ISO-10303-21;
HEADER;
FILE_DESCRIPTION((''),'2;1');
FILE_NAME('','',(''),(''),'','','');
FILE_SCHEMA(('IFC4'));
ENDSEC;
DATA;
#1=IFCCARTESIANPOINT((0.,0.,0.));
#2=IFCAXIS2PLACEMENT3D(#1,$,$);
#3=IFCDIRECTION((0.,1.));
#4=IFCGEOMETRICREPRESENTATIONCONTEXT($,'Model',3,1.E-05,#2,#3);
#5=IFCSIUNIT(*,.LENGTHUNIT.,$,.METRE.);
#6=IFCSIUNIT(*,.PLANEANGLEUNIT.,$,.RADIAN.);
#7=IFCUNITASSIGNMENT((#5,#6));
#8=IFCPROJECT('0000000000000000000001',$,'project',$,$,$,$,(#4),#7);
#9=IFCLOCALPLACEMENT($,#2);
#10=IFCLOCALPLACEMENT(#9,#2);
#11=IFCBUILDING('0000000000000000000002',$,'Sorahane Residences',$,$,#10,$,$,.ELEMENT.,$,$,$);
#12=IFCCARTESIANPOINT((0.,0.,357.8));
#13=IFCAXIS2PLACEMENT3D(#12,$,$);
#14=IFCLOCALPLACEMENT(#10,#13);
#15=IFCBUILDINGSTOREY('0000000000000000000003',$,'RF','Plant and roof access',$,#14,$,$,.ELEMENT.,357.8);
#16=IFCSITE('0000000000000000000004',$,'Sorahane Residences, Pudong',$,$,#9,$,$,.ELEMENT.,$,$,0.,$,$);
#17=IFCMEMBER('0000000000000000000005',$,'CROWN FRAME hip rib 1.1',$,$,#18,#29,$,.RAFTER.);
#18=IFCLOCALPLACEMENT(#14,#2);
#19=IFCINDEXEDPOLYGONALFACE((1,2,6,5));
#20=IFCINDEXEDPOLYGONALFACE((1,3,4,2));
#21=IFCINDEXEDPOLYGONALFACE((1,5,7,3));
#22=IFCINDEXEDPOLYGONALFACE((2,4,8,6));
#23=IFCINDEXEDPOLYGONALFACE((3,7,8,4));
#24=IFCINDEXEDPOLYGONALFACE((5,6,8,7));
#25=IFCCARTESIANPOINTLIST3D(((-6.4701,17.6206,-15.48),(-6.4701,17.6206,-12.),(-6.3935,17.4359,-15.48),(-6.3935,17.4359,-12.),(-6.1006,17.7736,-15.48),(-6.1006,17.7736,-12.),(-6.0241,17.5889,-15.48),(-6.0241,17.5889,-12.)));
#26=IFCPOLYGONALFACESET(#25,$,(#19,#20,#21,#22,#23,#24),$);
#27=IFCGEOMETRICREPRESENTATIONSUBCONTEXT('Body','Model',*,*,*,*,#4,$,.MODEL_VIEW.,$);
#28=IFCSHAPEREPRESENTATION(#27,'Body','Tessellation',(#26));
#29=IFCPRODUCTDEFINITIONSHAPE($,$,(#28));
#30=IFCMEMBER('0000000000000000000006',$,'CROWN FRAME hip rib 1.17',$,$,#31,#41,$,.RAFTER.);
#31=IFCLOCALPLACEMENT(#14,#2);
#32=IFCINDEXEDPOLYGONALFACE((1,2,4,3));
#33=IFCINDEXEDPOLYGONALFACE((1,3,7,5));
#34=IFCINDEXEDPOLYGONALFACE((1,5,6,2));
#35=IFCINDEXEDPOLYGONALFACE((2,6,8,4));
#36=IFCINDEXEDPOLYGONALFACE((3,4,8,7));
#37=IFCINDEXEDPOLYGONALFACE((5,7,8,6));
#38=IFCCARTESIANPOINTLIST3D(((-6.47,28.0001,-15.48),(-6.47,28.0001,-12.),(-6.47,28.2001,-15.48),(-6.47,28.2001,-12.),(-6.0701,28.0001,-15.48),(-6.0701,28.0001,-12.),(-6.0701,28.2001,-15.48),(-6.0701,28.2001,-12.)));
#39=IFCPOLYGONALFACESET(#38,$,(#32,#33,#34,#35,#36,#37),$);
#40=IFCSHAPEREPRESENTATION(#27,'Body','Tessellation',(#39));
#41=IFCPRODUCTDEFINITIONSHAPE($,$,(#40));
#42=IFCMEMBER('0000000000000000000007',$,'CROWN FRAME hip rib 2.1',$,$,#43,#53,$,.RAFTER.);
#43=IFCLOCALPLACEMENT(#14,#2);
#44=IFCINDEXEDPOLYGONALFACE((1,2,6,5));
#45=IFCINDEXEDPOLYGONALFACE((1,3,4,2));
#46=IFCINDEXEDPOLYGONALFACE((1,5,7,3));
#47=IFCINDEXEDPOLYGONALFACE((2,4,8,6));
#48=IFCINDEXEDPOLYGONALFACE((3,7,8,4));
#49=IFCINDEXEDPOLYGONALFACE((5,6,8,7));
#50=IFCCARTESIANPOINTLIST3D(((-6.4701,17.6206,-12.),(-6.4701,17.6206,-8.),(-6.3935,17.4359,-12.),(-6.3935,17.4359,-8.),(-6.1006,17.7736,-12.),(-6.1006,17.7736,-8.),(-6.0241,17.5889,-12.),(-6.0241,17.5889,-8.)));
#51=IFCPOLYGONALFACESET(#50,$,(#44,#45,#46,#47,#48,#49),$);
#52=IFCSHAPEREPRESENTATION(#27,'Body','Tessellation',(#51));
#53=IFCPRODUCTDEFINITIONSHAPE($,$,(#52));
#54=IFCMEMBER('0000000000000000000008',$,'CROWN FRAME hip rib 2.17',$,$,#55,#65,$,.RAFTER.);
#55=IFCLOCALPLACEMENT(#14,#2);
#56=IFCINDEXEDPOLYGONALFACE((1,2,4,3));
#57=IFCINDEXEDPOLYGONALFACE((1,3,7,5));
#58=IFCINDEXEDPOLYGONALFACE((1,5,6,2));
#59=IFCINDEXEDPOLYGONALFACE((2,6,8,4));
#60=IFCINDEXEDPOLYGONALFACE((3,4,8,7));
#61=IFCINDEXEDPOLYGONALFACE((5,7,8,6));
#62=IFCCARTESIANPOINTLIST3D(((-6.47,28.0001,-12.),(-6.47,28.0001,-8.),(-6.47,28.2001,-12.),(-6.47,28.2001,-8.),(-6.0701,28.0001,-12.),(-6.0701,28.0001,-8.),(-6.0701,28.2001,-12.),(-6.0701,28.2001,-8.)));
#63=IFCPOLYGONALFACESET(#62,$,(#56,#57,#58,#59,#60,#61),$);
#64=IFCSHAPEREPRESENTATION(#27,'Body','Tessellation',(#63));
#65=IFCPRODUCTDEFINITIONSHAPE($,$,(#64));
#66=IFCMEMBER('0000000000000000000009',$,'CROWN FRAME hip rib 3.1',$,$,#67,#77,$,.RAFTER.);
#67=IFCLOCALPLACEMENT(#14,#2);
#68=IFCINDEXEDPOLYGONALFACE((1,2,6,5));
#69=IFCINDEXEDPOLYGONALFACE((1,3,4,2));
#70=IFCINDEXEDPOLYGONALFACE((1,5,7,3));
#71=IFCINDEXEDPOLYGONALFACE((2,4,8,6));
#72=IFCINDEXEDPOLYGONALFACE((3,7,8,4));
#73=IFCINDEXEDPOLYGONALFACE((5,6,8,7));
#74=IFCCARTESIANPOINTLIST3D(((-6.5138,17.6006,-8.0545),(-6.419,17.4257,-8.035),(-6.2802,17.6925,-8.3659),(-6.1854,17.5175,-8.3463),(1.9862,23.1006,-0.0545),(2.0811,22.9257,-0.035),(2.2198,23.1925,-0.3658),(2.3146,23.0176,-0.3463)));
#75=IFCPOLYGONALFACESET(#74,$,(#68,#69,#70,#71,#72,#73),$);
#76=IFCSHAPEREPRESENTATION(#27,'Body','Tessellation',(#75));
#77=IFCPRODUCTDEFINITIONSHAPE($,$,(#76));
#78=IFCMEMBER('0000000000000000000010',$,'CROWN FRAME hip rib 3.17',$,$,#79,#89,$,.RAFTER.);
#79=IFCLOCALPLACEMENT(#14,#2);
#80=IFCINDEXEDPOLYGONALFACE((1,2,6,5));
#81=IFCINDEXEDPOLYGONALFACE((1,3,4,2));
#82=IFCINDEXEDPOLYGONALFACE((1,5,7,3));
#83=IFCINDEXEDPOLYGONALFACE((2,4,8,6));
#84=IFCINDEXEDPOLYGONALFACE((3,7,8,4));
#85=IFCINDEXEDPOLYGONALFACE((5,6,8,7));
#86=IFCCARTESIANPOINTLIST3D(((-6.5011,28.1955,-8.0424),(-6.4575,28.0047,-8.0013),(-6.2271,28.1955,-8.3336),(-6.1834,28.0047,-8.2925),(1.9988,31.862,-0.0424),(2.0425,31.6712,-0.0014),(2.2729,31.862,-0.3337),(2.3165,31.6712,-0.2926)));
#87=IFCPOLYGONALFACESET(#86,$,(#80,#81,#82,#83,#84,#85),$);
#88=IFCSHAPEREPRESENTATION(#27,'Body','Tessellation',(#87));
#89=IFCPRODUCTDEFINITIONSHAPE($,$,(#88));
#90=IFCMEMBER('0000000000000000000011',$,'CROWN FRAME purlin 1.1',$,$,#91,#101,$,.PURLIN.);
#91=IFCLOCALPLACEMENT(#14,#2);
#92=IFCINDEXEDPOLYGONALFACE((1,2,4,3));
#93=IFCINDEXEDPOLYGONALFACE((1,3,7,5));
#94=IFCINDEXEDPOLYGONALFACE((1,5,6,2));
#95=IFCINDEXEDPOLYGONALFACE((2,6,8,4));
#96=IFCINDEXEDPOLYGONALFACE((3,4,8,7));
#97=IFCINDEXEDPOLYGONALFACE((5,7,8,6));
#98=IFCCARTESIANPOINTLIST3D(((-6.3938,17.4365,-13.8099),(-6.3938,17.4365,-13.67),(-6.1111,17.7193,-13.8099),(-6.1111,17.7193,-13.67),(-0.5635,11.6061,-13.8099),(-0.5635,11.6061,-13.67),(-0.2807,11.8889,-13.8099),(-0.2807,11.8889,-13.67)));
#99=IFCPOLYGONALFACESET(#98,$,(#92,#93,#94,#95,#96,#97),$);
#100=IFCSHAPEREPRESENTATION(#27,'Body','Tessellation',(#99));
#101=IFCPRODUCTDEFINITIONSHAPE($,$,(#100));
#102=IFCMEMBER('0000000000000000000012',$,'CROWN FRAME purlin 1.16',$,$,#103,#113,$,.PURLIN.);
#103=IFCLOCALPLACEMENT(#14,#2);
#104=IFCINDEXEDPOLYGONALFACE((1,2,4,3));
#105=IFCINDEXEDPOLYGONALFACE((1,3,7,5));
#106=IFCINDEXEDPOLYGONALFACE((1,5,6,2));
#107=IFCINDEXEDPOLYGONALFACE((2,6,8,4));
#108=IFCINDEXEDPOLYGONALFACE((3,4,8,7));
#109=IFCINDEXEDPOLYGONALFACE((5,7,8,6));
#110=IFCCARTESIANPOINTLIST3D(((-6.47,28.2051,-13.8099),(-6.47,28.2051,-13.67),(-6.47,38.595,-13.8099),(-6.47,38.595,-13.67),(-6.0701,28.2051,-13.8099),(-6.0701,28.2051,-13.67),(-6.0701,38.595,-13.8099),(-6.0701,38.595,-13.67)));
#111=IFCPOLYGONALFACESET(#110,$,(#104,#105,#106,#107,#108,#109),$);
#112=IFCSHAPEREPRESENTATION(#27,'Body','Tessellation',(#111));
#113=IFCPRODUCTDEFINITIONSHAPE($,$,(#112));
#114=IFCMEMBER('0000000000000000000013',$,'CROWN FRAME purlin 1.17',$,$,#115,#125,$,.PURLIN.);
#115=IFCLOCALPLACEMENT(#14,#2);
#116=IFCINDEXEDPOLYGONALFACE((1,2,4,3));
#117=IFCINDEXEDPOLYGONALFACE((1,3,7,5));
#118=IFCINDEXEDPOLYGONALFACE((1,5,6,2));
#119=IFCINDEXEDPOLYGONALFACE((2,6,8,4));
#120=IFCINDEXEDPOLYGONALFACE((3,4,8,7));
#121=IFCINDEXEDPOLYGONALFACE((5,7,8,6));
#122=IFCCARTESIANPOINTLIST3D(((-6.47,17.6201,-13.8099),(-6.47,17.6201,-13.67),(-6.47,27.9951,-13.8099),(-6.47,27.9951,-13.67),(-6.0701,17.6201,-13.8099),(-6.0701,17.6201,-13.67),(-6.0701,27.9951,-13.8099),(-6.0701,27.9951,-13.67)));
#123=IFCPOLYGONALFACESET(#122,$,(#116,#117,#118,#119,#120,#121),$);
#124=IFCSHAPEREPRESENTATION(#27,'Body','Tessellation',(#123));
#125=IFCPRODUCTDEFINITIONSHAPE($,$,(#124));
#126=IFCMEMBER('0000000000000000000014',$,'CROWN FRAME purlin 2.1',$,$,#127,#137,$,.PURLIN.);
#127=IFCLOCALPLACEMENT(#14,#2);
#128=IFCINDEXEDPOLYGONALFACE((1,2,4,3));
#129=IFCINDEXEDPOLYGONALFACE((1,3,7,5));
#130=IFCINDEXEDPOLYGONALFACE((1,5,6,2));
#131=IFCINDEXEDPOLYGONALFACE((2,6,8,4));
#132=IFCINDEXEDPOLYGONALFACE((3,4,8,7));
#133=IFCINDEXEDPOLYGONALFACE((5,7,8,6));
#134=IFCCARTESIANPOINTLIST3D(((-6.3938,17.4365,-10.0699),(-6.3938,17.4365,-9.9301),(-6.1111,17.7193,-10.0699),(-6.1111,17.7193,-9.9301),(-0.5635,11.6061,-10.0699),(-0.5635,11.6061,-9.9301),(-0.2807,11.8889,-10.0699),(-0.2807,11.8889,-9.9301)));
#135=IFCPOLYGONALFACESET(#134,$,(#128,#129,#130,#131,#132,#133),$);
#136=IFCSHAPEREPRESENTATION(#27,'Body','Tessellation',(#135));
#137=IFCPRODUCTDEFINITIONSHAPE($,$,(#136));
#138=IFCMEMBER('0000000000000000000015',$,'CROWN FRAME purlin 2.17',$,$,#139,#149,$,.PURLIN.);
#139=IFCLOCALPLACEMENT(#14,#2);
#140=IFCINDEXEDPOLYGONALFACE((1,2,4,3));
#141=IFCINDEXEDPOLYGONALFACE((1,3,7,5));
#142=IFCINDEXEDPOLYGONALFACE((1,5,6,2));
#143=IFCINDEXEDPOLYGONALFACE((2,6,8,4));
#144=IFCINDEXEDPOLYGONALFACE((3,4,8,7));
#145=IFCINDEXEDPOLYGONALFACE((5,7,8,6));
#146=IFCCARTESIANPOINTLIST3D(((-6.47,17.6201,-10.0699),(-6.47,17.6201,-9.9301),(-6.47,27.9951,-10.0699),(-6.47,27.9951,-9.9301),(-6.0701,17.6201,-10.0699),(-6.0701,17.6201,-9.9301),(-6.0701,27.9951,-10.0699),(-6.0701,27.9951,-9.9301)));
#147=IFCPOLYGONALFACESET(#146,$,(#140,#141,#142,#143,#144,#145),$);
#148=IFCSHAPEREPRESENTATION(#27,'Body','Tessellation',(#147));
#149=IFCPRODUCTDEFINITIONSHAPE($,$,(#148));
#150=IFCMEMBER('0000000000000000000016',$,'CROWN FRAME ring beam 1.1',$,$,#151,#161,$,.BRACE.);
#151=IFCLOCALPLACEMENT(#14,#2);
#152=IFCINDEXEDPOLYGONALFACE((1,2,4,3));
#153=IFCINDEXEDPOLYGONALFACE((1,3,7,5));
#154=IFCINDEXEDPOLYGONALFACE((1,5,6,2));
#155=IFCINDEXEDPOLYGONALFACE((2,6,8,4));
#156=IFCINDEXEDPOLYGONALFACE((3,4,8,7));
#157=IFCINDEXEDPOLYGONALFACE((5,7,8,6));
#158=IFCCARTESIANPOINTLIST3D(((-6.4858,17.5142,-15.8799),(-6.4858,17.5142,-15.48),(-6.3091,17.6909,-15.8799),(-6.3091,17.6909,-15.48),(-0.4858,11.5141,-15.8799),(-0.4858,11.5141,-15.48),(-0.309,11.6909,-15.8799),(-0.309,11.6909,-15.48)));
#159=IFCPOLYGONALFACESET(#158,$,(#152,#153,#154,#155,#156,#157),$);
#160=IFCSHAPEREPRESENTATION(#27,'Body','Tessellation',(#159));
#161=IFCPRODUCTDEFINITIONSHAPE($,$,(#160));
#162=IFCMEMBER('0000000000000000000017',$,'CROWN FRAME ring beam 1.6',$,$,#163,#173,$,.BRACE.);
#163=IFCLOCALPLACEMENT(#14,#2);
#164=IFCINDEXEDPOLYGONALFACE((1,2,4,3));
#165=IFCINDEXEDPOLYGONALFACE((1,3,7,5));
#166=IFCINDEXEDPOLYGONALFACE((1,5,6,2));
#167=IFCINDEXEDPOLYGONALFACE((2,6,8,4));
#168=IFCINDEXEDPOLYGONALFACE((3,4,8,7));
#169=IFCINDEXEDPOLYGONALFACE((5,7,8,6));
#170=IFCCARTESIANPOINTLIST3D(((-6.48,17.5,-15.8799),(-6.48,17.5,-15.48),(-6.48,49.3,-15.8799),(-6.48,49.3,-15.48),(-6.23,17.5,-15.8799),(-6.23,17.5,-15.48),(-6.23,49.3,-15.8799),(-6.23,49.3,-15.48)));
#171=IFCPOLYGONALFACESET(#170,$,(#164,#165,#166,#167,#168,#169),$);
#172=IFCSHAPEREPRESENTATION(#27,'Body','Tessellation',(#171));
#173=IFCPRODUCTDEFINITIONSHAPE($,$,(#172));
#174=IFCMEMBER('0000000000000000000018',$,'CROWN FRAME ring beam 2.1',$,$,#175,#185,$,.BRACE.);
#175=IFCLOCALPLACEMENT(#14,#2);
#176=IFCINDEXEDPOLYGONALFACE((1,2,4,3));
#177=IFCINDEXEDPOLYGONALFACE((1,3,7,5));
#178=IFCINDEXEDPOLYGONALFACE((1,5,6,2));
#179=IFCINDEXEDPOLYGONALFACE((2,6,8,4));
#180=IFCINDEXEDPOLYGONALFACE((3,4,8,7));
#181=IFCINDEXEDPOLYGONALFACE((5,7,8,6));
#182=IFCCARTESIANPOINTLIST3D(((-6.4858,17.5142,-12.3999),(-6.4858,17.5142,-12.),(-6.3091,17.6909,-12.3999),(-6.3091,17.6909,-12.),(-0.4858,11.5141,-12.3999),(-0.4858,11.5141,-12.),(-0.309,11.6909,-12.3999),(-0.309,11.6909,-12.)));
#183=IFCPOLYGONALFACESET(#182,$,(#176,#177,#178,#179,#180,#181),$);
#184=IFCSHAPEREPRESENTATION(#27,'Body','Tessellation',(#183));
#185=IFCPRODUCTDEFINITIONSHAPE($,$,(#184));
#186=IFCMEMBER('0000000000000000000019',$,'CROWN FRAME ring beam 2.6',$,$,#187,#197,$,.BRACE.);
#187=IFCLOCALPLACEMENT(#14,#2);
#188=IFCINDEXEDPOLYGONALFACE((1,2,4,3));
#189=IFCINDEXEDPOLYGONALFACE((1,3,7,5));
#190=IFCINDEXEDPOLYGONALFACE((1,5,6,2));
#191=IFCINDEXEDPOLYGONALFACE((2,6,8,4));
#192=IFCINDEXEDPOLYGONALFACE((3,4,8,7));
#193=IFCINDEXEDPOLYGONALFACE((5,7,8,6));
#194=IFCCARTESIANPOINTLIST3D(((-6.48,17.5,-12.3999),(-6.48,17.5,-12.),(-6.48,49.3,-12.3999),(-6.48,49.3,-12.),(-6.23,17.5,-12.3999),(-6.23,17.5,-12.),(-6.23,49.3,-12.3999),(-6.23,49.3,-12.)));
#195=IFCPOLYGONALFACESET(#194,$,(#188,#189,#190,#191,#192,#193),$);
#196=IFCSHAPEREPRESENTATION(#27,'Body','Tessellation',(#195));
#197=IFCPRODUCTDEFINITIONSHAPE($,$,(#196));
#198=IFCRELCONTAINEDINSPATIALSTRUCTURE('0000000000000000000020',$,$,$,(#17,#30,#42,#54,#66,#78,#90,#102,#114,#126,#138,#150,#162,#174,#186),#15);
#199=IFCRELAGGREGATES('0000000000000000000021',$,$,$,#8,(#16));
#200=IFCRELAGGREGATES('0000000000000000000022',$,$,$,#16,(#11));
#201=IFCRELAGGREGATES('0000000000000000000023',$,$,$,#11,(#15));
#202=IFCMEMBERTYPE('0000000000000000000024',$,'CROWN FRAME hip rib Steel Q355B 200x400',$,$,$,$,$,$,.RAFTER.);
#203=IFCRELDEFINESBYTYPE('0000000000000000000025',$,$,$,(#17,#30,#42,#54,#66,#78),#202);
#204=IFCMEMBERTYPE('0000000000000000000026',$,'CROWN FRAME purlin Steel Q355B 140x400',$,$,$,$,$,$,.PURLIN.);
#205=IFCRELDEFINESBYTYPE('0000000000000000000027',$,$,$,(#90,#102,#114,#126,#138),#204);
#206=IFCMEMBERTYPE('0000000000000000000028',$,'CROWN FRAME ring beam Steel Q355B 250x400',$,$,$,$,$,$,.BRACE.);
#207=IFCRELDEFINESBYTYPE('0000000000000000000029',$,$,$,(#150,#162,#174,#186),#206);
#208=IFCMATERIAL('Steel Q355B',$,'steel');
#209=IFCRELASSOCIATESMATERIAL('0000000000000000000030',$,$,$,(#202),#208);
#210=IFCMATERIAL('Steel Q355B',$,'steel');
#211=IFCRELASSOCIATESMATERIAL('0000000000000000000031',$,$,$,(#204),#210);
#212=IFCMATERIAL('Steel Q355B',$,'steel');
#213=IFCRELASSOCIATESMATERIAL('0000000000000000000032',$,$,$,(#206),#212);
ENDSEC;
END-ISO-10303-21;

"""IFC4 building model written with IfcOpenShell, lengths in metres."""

from ifc_helpers import new_model, si_unit, direction, frame, origin, origin_2d, place, context, subcontext, project, spatial, rectangle, extrude, material, material_profile, profile_set, type_object, element, save


model = new_model("IFC4")

# Units and contexts
model_context = context("Model", 3, precision=1e-05, world=origin(), true_north=direction((0.0, 1.0)))
body_context = subcontext(model_context, "Body", "Model", "MODEL_VIEW")
ifc_project = project(units=[si_unit("LENGTHUNIT", "METRE"), si_unit("PLANEANGLEUNIT", "RADIAN")], contexts=[model_context])

# Site, building, storey
site_placement = place(None, origin())
site = spatial("IfcSite", under=ifc_project, at=site_placement, Name="Sorahane Residences, Pudong", CompositionType="ELEMENT", RefElevation=0.0)
building_placement = place(site_placement, origin())
building = spatial("IfcBuilding", under=site, at=building_placement, Name="Sorahane Residences", CompositionType="ELEMENT")
storey_placement = place(building_placement, frame((0.0, 0.0, 357.8)))
storey = spatial("IfcBuildingStorey", under=building, at=storey_placement, Name="RF", Description="Plant and roof access", CompositionType="ELEMENT", Elevation=357.8)

# Members
ifc_material_1 = material(Name="Steel Q355B", Category="steel")
ifc_material_profile_1 = material_profile(ifc_material_1, rectangle(XDim=0.2, YDim=0.3999, at=origin_2d()), Name="CROWN FRAME hip rib Steel Q355B 200x400")
ifc_profile_set_1 = profile_set([ifc_material_profile_1], Name="Steel Q355B")
member_type_1 = type_object("IfcMemberType", Name="CROWN FRAME hip rib Steel Q355B 200x400", PredefinedType="RAFTER", material=ifc_profile_set_1)
for number, where, z_axis, x_axis, name in (
    (1, (-6.2471, 17.6047, -15.48), (0.0, 0.0, 1.0), (-0.382683, 0.92388, 0.0), "CROWN FRAME hip rib 1.1"),
    (2, (-6.27, 28.1001, -15.48), (0.0, 0.0, 1.0), (0.0, 1.0, 0.0), "CROWN FRAME hip rib 1.17"),
):
    element("IfcMember", number, at=place(storey_placement, frame(where, z_axis=z_axis, x_axis=x_axis)), inside=storey, type_object=member_type_1, Name=name, PredefinedType="RAFTER", context=body_context, shape_type="SweptSolid", body=[
        extrude(rectangle(XDim=0.2, YDim=0.3999, at=origin_2d()), origin(), (0.0, 0.0, 1.0), 3.48),
    ])
for number, where, z_axis, x_axis, name in (
    (3, (-6.2471, 17.6047, -12.0), (0.0, 0.0, 1.0), (-0.382683, 0.92388, 0.0), "CROWN FRAME hip rib 2.1"),
    (4, (-6.27, 28.1001, -12.0), (0.0, 0.0, 1.0), (0.0, 1.0, 0.0), "CROWN FRAME hip rib 2.17"),
):
    element("IfcMember", number, at=place(storey_placement, frame(where, z_axis=z_axis, x_axis=x_axis)), inside=storey, type_object=member_type_1, Name=name, PredefinedType="RAFTER", context=body_context, shape_type="SweptSolid", body=[
        extrude(rectangle(XDim=0.2, YDim=0.3999, at=origin_2d()), origin(), (0.0, 0.0, 1.0), 4.0),
    ])
member_1_placement = place(storey_placement, frame((-6.3496, 17.5591, -8.2004), z_axis=(0.658737, 0.426241, 0.619987), x_axis=(-0.474282, 0.874946, -0.0976)))
element("IfcMember", 5, at=member_1_placement, inside=storey, type_object=member_type_1, Name="CROWN FRAME hip rib 3.1", PredefinedType="RAFTER", context=body_context, shape_type="SweptSolid", body=[
    extrude(rectangle(XDim=0.2, YDim=0.3999, at=origin_2d()), origin(), (0.0, 0.0, 1.0), 12.9036),
])
member_2_placement = place(storey_placement, frame((-6.3423, 28.1001, -8.1675), z_axis=(0.694733, 0.299675, 0.653866), x_axis=(-0.218216, 0.954041, -0.205395)))
element("IfcMember", 6, at=member_2_placement, inside=storey, type_object=member_type_1, Name="CROWN FRAME hip rib 3.17", PredefinedType="RAFTER", context=body_context, shape_type="SweptSolid", body=[
    extrude(rectangle(XDim=0.2, YDim=0.3999, at=origin_2d()), origin(), (0.0, 0.0, 1.0), 12.2349),
])
ifc_material_2 = material(Name="Steel Q355B", Category="steel")
ifc_material_profile_2 = material_profile(ifc_material_2, rectangle(XDim=0.1399, YDim=0.3999, at=origin_2d()), Name="CROWN FRAME purlin Steel Q355B 140x400")
ifc_profile_set_2 = profile_set([ifc_material_profile_2], Name="Steel Q355B")
member_type_2 = type_object("IfcMemberType", Name="CROWN FRAME purlin Steel Q355B 140x400", PredefinedType="PURLIN", material=ifc_profile_set_2)
member_3_placement = place(storey_placement, frame((-6.2524, 17.5779, -13.74), z_axis=(0.707107, -0.707107, 0.0), x_axis=(0.0, 0.0, 1.0)))
element("IfcMember", 7, at=member_3_placement, inside=storey, type_object=member_type_2, Name="CROWN FRAME purlin 1.1", PredefinedType="PURLIN", context=body_context, shape_type="SweptSolid", body=[
    extrude(rectangle(XDim=0.1399, YDim=0.3999, at=origin_2d()), origin(), (0.0, 0.0, 1.0), 8.2454),
])
member_4_placement = place(storey_placement, frame((-6.27, 28.2051, -13.74), z_axis=(0.0, 1.0, 0.0), x_axis=(0.0, 0.0, -1.0)))
element("IfcMember", 8, at=member_4_placement, inside=storey, type_object=member_type_2, Name="CROWN FRAME purlin 1.16", PredefinedType="PURLIN", context=body_context, shape_type="SweptSolid", body=[
    extrude(rectangle(XDim=0.1399, YDim=0.3999, at=origin_2d()), origin(), (0.0, 0.0, 1.0), 10.3899),
])
member_5_placement = place(storey_placement, frame((-6.27, 17.6201, -13.74), z_axis=(0.0, 1.0, 0.0), x_axis=(0.0, 0.0, -1.0)))
element("IfcMember", 9, at=member_5_placement, inside=storey, type_object=member_type_2, Name="CROWN FRAME purlin 1.17", PredefinedType="PURLIN", context=body_context, shape_type="SweptSolid", body=[
    extrude(rectangle(XDim=0.1399, YDim=0.3999, at=origin_2d()), origin(), (0.0, 0.0, 1.0), 10.375),
])
member_6_placement = place(storey_placement, frame((-6.2524, 17.5779, -10.0), z_axis=(0.707107, -0.707107, 0.0), x_axis=(0.0, 0.0, 1.0)))
element("IfcMember", 10, at=member_6_placement, inside=storey, type_object=member_type_2, Name="CROWN FRAME purlin 2.1", PredefinedType="PURLIN", context=body_context, shape_type="SweptSolid", body=[
    extrude(rectangle(XDim=0.1399, YDim=0.3999, at=origin_2d()), origin(), (0.0, 0.0, 1.0), 8.2454),
])
member_7_placement = place(storey_placement, frame((-6.27, 17.6201, -10.0), z_axis=(0.0, 1.0, 0.0), x_axis=(0.0, 0.0, -1.0)))
element("IfcMember", 11, at=member_7_placement, inside=storey, type_object=member_type_2, Name="CROWN FRAME purlin 2.17", PredefinedType="PURLIN", context=body_context, shape_type="SweptSolid", body=[
    extrude(rectangle(XDim=0.1399, YDim=0.3999, at=origin_2d()), origin(), (0.0, 0.0, 1.0), 10.375),
])
ifc_material_3 = material(Name="Steel Q355B", Category="steel")
ifc_material_profile_3 = material_profile(ifc_material_3, rectangle(XDim=0.25, YDim=0.3999, at=origin_2d()), Name="CROWN FRAME ring beam Steel Q355B 250x400")
ifc_profile_set_3 = profile_set([ifc_material_profile_3], Name="Steel Q355B")
member_type_3 = type_object("IfcMemberType", Name="CROWN FRAME ring beam Steel Q355B 250x400", PredefinedType="BRACE", material=ifc_profile_set_3)
member_8_placement = place(storey_placement, frame((-6.3975, 17.6025, -15.6799), z_axis=(0.707107, -0.707107, 0.0), x_axis=(0.707107, 0.707107, 0.0)))
element("IfcMember", 12, at=member_8_placement, inside=storey, type_object=member_type_3, Name="CROWN FRAME ring beam 1.1", PredefinedType="BRACE", context=body_context, shape_type="SweptSolid", body=[
    extrude(rectangle(XDim=0.25, YDim=0.3999, at=origin_2d()), origin(), (0.0, 0.0, 1.0), 8.4854),
])
member_9_placement = place(storey_placement, frame((-6.355, 17.5, -15.6799), z_axis=(0.0, 1.0, 0.0), x_axis=(-1.0, 0.0, 0.0)))
element("IfcMember", 13, at=member_9_placement, inside=storey, type_object=member_type_3, Name="CROWN FRAME ring beam 1.6", PredefinedType="BRACE", context=body_context, shape_type="SweptSolid", body=[
    extrude(rectangle(XDim=0.25, YDim=0.3999, at=origin_2d()), origin(), (0.0, 0.0, 1.0), 31.8),
])
member_10_placement = place(storey_placement, frame((-6.3975, 17.6025, -12.2), z_axis=(0.707107, -0.707107, 0.0), x_axis=(0.707107, 0.707107, 0.0)))
element("IfcMember", 14, at=member_10_placement, inside=storey, type_object=member_type_3, Name="CROWN FRAME ring beam 2.1", PredefinedType="BRACE", context=body_context, shape_type="SweptSolid", body=[
    extrude(rectangle(XDim=0.25, YDim=0.3999, at=origin_2d()), origin(), (0.0, 0.0, 1.0), 8.4854),
])
member_11_placement = place(storey_placement, frame((-6.355, 17.5, -12.2), z_axis=(0.0, 1.0, 0.0), x_axis=(-1.0, 0.0, 0.0)))
element("IfcMember", 15, at=member_11_placement, inside=storey, type_object=member_type_3, Name="CROWN FRAME ring beam 2.6", PredefinedType="BRACE", context=body_context, shape_type="SweptSolid", body=[
    extrude(rectangle(XDim=0.25, YDim=0.3999, at=origin_2d()), origin(), (0.0, 0.0, 1.0), 31.8),
])

save(model, "model.ifc")
